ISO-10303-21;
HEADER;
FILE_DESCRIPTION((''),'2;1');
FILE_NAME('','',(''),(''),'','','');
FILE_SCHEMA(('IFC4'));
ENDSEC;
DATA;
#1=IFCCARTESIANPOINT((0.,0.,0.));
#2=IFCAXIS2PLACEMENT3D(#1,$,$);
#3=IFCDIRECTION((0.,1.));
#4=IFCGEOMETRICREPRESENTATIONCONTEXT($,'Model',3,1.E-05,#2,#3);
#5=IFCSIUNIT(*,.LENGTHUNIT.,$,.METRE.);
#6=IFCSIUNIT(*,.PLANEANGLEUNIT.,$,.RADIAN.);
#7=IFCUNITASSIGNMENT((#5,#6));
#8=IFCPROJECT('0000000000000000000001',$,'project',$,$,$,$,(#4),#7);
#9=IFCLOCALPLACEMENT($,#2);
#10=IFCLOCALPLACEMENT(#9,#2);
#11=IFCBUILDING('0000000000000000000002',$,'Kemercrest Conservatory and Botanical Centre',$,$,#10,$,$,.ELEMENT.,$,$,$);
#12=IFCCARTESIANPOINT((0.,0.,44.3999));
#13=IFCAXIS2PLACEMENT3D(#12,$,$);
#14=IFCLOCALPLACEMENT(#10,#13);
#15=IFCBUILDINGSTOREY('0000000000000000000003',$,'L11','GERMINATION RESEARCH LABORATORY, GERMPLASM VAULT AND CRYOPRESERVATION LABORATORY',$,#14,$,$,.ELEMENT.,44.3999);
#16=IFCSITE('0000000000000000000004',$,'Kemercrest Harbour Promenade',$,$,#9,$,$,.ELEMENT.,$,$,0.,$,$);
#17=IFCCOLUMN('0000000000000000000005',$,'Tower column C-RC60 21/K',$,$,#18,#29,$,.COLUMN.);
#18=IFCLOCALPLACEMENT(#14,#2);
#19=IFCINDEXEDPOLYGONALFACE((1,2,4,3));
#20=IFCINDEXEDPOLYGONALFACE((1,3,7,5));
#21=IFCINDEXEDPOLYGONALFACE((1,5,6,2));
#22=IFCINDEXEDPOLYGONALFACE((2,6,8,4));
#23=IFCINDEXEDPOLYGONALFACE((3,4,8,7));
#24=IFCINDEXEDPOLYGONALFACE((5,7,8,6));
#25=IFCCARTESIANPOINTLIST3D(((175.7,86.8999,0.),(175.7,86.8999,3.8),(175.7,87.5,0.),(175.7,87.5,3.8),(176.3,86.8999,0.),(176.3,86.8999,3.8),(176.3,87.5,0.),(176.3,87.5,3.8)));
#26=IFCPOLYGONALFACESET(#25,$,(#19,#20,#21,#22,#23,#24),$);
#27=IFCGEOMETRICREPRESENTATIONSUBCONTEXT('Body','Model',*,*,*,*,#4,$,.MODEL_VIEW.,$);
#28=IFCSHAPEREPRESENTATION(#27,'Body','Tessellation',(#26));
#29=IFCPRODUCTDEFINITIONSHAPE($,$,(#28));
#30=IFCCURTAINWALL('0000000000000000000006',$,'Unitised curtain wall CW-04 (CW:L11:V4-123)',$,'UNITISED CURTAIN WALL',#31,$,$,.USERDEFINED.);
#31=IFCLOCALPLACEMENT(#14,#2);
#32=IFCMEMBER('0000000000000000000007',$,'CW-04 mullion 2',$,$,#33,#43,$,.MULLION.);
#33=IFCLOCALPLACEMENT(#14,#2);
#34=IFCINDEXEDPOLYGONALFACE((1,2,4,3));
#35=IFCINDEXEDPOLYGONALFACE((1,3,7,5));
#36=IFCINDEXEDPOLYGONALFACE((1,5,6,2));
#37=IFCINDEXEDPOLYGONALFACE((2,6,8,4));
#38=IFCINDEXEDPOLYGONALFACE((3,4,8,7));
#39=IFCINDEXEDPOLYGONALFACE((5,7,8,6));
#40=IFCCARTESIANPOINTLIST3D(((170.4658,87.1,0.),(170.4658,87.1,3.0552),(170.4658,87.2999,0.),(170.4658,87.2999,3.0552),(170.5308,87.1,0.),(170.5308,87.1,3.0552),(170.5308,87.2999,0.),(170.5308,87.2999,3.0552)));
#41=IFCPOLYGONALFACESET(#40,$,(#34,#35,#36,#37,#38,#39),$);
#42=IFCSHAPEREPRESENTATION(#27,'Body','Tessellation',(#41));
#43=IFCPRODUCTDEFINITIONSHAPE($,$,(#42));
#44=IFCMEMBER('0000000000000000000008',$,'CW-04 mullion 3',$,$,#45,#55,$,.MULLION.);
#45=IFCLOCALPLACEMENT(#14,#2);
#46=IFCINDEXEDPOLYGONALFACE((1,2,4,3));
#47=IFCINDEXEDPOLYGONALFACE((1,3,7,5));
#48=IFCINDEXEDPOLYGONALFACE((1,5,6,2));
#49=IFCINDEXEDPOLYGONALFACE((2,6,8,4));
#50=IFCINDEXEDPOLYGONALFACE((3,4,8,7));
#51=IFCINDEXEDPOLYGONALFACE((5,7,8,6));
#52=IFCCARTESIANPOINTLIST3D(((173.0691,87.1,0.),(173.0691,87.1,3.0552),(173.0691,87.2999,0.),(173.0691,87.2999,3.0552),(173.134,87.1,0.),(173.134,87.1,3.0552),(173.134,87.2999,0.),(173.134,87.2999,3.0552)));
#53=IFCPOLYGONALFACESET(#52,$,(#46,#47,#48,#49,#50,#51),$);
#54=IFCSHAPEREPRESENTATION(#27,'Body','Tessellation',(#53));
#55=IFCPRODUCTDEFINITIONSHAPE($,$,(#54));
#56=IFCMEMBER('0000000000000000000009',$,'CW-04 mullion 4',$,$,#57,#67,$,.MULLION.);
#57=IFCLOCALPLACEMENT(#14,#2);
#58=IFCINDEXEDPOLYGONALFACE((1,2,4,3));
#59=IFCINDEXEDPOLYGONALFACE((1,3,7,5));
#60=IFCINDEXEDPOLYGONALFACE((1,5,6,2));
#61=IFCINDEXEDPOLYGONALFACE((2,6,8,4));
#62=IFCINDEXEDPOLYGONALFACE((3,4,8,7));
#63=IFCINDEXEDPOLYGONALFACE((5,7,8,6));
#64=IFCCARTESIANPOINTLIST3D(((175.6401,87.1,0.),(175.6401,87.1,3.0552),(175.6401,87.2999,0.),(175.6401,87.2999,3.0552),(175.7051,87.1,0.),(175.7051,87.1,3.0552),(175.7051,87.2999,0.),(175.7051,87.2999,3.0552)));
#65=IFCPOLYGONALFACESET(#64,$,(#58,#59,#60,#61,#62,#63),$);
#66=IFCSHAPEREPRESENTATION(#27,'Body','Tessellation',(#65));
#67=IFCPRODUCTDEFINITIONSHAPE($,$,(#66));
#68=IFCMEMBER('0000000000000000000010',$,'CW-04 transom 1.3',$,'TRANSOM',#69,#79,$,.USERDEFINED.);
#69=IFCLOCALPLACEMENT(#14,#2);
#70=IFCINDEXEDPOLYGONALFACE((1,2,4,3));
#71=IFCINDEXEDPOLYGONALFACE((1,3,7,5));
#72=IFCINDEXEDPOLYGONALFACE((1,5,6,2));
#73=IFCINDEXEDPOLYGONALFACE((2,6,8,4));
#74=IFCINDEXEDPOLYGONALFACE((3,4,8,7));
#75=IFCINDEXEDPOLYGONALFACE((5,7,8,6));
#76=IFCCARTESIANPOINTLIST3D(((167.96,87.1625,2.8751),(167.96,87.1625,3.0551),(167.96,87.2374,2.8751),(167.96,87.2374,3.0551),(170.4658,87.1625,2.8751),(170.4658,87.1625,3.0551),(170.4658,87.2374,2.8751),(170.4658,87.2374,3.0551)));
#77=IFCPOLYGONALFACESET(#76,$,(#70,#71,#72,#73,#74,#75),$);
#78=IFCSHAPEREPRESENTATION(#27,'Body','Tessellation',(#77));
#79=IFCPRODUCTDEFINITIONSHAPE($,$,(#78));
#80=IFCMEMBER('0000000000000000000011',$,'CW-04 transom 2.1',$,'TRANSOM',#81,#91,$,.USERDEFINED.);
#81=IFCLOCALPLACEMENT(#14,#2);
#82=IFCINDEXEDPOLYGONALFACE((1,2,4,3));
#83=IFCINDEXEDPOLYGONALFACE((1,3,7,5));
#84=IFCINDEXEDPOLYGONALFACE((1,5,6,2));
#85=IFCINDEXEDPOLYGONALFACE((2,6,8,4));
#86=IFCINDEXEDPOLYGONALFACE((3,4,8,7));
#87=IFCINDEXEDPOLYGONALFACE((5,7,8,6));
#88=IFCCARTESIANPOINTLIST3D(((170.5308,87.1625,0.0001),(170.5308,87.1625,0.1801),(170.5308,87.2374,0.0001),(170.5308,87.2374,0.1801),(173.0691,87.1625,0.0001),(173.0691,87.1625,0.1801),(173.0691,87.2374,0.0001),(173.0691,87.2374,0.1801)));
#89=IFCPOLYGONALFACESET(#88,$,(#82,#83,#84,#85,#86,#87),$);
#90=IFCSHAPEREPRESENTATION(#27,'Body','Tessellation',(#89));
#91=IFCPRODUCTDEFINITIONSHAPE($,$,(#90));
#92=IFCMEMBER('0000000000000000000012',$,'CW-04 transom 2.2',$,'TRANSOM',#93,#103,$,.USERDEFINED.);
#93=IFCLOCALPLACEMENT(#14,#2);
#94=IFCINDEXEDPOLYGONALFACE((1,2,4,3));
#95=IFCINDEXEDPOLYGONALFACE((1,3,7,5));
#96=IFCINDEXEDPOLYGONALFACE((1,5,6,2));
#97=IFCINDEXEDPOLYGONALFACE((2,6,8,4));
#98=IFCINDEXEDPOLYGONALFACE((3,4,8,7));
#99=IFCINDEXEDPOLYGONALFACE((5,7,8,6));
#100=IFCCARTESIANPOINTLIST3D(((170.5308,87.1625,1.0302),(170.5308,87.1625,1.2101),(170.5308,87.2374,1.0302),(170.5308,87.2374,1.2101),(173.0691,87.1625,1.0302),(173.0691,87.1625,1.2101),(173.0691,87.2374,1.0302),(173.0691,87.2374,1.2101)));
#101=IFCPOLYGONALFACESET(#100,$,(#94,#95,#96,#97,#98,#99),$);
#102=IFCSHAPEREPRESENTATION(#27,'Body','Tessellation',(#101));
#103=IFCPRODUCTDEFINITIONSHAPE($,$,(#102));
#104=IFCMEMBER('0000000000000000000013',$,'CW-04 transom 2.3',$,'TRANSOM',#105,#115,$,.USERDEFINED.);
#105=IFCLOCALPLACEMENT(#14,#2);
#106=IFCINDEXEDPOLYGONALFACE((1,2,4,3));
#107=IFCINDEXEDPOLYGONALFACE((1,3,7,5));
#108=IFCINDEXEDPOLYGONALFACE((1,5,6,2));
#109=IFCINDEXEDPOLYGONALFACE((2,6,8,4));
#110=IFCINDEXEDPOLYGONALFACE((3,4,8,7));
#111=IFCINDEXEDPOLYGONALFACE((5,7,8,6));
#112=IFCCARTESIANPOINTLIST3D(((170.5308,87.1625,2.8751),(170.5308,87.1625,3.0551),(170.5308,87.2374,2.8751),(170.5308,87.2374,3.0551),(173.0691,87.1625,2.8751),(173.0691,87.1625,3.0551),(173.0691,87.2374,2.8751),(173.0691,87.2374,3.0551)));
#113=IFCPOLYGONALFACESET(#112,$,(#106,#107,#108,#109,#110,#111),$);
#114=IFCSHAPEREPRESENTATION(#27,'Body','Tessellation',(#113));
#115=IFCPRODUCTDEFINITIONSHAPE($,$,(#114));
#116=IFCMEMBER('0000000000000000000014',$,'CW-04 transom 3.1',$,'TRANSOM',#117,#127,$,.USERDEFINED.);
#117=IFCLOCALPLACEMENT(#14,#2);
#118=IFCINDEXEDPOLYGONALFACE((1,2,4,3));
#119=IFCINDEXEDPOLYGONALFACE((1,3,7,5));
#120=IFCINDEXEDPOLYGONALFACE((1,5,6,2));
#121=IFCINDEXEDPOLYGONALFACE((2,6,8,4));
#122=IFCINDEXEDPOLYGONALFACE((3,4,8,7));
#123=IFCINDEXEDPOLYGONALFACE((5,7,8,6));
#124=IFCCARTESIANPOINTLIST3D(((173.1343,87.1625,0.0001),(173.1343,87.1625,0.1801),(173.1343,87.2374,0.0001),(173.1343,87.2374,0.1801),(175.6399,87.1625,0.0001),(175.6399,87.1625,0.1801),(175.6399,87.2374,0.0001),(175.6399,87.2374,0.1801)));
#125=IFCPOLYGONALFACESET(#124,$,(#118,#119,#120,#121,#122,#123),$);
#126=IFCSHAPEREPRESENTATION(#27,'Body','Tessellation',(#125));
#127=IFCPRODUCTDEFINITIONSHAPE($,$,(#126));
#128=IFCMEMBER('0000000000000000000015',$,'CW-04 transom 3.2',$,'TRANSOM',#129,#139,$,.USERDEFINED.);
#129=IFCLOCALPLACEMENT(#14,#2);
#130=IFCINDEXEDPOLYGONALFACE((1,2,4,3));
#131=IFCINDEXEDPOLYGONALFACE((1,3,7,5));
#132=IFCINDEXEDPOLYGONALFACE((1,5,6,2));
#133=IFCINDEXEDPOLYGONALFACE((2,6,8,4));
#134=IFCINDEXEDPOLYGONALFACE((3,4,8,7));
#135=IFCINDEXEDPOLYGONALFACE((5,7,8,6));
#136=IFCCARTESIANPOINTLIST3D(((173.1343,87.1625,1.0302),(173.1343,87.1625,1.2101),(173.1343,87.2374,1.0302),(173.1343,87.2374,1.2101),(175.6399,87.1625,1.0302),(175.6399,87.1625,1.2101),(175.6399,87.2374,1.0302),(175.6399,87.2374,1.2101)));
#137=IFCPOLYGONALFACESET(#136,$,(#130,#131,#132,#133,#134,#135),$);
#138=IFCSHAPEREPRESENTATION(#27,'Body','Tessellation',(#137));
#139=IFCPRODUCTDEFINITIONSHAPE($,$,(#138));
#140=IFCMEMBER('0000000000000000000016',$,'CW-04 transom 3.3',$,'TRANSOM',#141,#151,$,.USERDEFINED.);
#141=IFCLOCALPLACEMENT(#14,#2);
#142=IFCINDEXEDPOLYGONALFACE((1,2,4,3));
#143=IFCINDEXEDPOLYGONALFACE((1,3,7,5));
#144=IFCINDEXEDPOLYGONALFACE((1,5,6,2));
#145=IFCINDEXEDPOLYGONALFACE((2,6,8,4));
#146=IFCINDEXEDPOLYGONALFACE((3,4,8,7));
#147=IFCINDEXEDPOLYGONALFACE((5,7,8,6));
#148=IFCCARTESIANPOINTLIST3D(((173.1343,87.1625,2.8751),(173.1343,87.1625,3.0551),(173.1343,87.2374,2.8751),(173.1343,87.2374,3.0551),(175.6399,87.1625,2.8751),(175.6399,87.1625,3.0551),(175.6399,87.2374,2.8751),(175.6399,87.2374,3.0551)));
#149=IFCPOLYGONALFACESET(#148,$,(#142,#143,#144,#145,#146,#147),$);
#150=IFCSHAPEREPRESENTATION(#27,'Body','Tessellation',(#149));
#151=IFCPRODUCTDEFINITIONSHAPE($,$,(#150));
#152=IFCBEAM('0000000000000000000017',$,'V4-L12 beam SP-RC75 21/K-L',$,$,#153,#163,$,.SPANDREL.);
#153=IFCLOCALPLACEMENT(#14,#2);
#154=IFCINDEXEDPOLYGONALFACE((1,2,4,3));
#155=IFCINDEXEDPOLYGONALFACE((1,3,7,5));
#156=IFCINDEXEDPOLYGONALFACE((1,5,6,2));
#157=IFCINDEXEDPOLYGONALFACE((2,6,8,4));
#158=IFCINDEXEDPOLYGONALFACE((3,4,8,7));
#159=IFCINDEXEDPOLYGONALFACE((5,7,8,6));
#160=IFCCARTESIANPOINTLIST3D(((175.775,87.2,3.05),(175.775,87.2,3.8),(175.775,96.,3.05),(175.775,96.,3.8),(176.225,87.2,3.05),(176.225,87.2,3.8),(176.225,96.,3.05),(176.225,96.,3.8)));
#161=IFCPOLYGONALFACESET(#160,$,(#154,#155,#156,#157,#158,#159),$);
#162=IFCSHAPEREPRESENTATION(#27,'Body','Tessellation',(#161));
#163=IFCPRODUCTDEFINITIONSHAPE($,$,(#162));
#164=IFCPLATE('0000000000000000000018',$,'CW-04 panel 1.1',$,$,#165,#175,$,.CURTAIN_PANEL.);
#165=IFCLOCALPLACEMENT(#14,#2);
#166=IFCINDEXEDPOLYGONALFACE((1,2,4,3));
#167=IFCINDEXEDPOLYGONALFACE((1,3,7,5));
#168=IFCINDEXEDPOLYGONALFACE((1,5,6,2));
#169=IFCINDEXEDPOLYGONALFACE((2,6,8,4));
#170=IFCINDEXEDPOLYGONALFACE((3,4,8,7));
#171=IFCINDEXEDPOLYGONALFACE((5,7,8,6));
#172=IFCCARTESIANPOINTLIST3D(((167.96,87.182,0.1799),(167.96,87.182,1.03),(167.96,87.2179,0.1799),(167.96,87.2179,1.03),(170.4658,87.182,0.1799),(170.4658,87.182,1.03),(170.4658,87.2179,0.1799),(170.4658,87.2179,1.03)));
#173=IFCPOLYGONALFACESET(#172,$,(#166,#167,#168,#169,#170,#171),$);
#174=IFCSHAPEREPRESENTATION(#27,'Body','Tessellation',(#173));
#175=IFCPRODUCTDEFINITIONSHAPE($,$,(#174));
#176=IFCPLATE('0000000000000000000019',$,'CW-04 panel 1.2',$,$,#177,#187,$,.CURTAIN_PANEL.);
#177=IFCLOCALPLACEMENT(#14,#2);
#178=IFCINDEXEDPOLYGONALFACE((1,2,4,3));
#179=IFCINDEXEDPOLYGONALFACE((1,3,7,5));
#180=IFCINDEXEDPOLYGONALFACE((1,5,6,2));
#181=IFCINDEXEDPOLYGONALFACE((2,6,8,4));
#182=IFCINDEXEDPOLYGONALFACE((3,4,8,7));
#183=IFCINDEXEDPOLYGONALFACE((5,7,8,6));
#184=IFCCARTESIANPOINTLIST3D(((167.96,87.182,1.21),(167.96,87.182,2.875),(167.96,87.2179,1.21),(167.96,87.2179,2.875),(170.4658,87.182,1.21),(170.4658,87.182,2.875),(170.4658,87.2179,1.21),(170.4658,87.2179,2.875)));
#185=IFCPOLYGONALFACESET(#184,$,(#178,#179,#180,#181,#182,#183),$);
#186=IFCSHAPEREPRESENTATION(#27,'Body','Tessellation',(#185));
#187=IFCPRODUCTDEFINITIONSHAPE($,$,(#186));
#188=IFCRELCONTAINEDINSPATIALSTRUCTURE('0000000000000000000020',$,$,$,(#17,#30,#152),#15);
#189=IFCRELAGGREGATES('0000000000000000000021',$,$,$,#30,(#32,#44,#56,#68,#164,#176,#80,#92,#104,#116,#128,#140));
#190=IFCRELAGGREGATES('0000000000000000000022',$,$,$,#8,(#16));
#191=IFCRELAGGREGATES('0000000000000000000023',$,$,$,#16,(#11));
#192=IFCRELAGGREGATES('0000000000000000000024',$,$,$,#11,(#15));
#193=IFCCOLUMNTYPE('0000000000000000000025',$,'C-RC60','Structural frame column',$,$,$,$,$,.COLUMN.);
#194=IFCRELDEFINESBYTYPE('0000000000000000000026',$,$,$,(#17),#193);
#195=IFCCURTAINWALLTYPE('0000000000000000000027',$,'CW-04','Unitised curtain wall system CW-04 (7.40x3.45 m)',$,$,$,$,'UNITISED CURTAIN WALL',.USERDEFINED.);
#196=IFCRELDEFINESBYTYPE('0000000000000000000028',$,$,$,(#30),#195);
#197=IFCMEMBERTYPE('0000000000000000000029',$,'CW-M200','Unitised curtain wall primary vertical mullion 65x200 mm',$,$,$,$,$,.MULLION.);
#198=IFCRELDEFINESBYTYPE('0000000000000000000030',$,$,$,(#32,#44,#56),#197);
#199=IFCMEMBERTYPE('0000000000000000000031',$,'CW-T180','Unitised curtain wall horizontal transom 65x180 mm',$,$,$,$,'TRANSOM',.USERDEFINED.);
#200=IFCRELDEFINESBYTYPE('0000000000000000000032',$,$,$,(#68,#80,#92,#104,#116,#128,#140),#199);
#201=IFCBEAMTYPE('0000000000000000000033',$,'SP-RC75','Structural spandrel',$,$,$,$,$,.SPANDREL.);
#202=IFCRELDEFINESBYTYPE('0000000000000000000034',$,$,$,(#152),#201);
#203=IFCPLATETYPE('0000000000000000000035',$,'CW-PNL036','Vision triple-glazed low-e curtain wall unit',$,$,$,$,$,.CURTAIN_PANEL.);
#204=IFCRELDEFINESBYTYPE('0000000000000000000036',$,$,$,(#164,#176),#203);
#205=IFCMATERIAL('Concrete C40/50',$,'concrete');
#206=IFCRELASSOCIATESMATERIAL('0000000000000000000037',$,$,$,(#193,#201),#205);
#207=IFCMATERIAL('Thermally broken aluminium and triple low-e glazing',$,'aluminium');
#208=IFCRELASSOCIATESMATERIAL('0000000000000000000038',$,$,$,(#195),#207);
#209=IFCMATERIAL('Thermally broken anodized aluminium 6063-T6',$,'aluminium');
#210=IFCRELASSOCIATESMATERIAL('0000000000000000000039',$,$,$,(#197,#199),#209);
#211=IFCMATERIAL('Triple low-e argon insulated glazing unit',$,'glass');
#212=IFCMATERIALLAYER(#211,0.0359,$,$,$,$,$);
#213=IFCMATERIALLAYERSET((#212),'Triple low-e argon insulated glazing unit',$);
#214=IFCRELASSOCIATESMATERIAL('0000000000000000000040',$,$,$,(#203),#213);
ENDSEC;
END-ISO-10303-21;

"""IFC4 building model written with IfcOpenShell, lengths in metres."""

from ifc_helpers import new_model, si_unit, direction, frame, origin, origin_2d, place, context, subcontext, project, spatial, rectangle, extrude, material, layer, layer_set, material_profile, profile_set, type_object, element, aggregate, save


model = new_model("IFC4")

# Units and contexts
model_context = context("Model", 3, precision=1e-05, world=origin(), true_north=direction((0.0, 1.0)))
body_context = subcontext(model_context, "Body", "Model", "MODEL_VIEW")
ifc_project = project(units=[si_unit("LENGTHUNIT", "METRE"), si_unit("PLANEANGLEUNIT", "RADIAN")], contexts=[model_context])

# Site, building, storey
site_placement = place(None, origin())
site = spatial("IfcSite", under=ifc_project, at=site_placement, Name="Kemercrest Harbour Promenade", CompositionType="ELEMENT", RefElevation=0.0)
building_placement = place(site_placement, origin())
building = spatial("IfcBuilding", under=site, at=building_placement, Name="Kemercrest Conservatory and Botanical Centre", CompositionType="ELEMENT")
storey_placement = place(building_placement, frame((0.0, 0.0, 44.3999)))
storey = spatial("IfcBuildingStorey", under=building, at=storey_placement, Name="L11", Description="GERMINATION RESEARCH LABORATORY, GERMPLASM VAULT AND CRYOPRESERVATION LABORATORY", CompositionType="ELEMENT", Elevation=44.3999)

# Column
ifc_material_1 = material(Name="Concrete C40/50", Category="concrete")
ifc_material_profile_1 = material_profile(ifc_material_1, rectangle(XDim=0.6001, YDim=0.6001, at=origin_2d()), Name="RC 600x600")
ifc_profile_set_1 = profile_set([ifc_material_profile_1], Name="Concrete C40/50")
column_type = type_object("IfcColumnType", Name="C-RC60", Description="Structural frame column", PredefinedType="COLUMN", material=ifc_profile_set_1)
column_placement = place(storey_placement, frame((176.0, 87.2, 0.0), z_axis=(0.0, 0.0, 1.0), x_axis=(1.0, 0.0, 0.0)))
element("IfcColumn", 1, at=column_placement, inside=storey, type_object=column_type, Name="Tower column C-RC60 21/K", PredefinedType="COLUMN", context=body_context, shape_type="SweptSolid", body=[
    extrude(rectangle(XDim=0.6001, YDim=0.6001, at=origin_2d()), origin(), (0.0, 0.0, 1.0), 3.8),
])

# Curtain wall, members
ifc_material_2 = material(Name="Thermally broken aluminium and triple low-e glazing", Category="aluminium")
curtain_wall_type = type_object("IfcCurtainWallType", Name="CW-04", Description="Unitised curtain wall system CW-04 (7.40x3.45 m)", ElementType="UNITISED CURTAIN WALL", PredefinedType="USERDEFINED", material=ifc_material_2)
curtain_wall_placement = place(storey_placement, origin())
curtain_wall = element("IfcCurtainWall", 2, at=curtain_wall_placement, inside=storey, type_object=curtain_wall_type, Name="Unitised curtain wall CW-04 (CW:L11:V4-123)", ObjectType="UNITISED CURTAIN WALL", PredefinedType="USERDEFINED")
ifc_material_3 = material(Name="Thermally broken anodized aluminium 6063-T6", Category="aluminium")
ifc_material_profile_2 = material_profile(ifc_material_3, rectangle(XDim=0.2, YDim=0.0649, at=origin_2d()), Name="AL MULLION 65x200")
ifc_profile_set_2 = profile_set([ifc_material_profile_2], Name="Thermally broken anodized aluminium 6063-T6")
member_type_1 = type_object("IfcMemberType", Name="CW-M200", Description="Unitised curtain wall primary vertical mullion 65x200 mm", PredefinedType="MULLION", material=ifc_profile_set_2)
member_1_placement = place(storey_placement, frame((170.4983, 87.2, 0.0), z_axis=(0.0, 0.0, 1.0), x_axis=(0.0, 1.0, 0.0)))
member_1 = element("IfcMember", 3, at=member_1_placement, type_object=member_type_1, Name="CW-04 mullion 2", PredefinedType="MULLION", context=body_context, shape_type="SweptSolid", body=[
    extrude(rectangle(XDim=0.2, YDim=0.0649, at=origin_2d()), origin(), (0.0, 0.0, 1.0), 3.0552),
])
member_2_placement = place(storey_placement, frame((173.1016, 87.2, 0.0), z_axis=(0.0, 0.0, 1.0), x_axis=(0.0, 1.0, 0.0)))
member_2 = element("IfcMember", 4, at=member_2_placement, type_object=member_type_1, Name="CW-04 mullion 3", PredefinedType="MULLION", context=body_context, shape_type="SweptSolid", body=[
    extrude(rectangle(XDim=0.2, YDim=0.0649, at=origin_2d()), origin(), (0.0, 0.0, 1.0), 3.0552),
])
member_3_placement = place(storey_placement, frame((175.6726, 87.2, 0.0), z_axis=(0.0, 0.0, 1.0), x_axis=(0.0, 1.0, 0.0)))
member_3 = element("IfcMember", 5, at=member_3_placement, type_object=member_type_1, Name="CW-04 mullion 4", PredefinedType="MULLION", context=body_context, shape_type="SweptSolid", body=[
    extrude(rectangle(XDim=0.2, YDim=0.0649, at=origin_2d()), origin(), (0.0, 0.0, 1.0), 3.0552),
])
ifc_material_profile_3 = material_profile(ifc_material_3, rectangle(XDim=0.075, YDim=0.1799, at=origin_2d()), Name="AL TRANSOM 75x180")
ifc_profile_set_3 = profile_set([ifc_material_profile_3], Name="Thermally broken anodized aluminium 6063-T6")
member_type_2 = type_object("IfcMemberType", Name="CW-T180", Description="Unitised curtain wall horizontal transom 65x180 mm", ElementType="TRANSOM", PredefinedType="USERDEFINED", material=ifc_profile_set_3)
member_4_placement = place(storey_placement, frame((167.96, 87.2, 2.9651), z_axis=(1.0, 0.0, 0.0), x_axis=(0.0, 1.0, 0.0)))
member_4 = element("IfcMember", 6, at=member_4_placement, type_object=member_type_2, Name="CW-04 transom 1.3", ObjectType="TRANSOM", PredefinedType="USERDEFINED", context=body_context, shape_type="SweptSolid", body=[
    extrude(rectangle(XDim=0.075, YDim=0.1799, at=origin_2d()), origin(), (0.0, 0.0, 1.0), 2.5059),
])
member_5_placement = place(storey_placement, frame((170.5308, 87.2, 0.0901), z_axis=(1.0, 0.0, 0.0), x_axis=(0.0, 1.0, 0.0)))
member_5 = element("IfcMember", 7, at=member_5_placement, type_object=member_type_2, Name="CW-04 transom 2.1", ObjectType="TRANSOM", PredefinedType="USERDEFINED", context=body_context, shape_type="SweptSolid", body=[
    extrude(rectangle(XDim=0.075, YDim=0.1799, at=origin_2d()), origin(), (0.0, 0.0, 1.0), 2.5383),
])
member_6_placement = place(storey_placement, frame((170.5308, 87.2, 1.1201), z_axis=(1.0, 0.0, 0.0), x_axis=(0.0, 1.0, 0.0)))
member_6 = element("IfcMember", 8, at=member_6_placement, type_object=member_type_2, Name="CW-04 transom 2.2", ObjectType="TRANSOM", PredefinedType="USERDEFINED", context=body_context, shape_type="SweptSolid", body=[
    extrude(rectangle(XDim=0.075, YDim=0.1799, at=origin_2d()), origin(), (0.0, 0.0, 1.0), 2.5383),
])
member_7_placement = place(storey_placement, frame((170.5308, 87.2, 2.9651), z_axis=(1.0, 0.0, 0.0), x_axis=(0.0, 1.0, 0.0)))
member_7 = element("IfcMember", 9, at=member_7_placement, type_object=member_type_2, Name="CW-04 transom 2.3", ObjectType="TRANSOM", PredefinedType="USERDEFINED", context=body_context, shape_type="SweptSolid", body=[
    extrude(rectangle(XDim=0.075, YDim=0.1799, at=origin_2d()), origin(), (0.0, 0.0, 1.0), 2.5383),
])
member_8_placement = place(storey_placement, frame((173.1343, 87.2, 0.0901), z_axis=(1.0, 0.0, 0.0), x_axis=(0.0, 1.0, 0.0)))
member_8 = element("IfcMember", 10, at=member_8_placement, type_object=member_type_2, Name="CW-04 transom 3.1", ObjectType="TRANSOM", PredefinedType="USERDEFINED", context=body_context, shape_type="SweptSolid", body=[
    extrude(rectangle(XDim=0.075, YDim=0.1799, at=origin_2d()), origin(), (0.0, 0.0, 1.0), 2.5056),
])
member_9_placement = place(storey_placement, frame((173.1343, 87.2, 1.1201), z_axis=(1.0, 0.0, 0.0), x_axis=(0.0, 1.0, 0.0)))
member_9 = element("IfcMember", 11, at=member_9_placement, type_object=member_type_2, Name="CW-04 transom 3.2", ObjectType="TRANSOM", PredefinedType="USERDEFINED", context=body_context, shape_type="SweptSolid", body=[
    extrude(rectangle(XDim=0.075, YDim=0.1799, at=origin_2d()), origin(), (0.0, 0.0, 1.0), 2.5056),
])
member_10_placement = place(storey_placement, frame((173.1343, 87.2, 2.9651), z_axis=(1.0, 0.0, 0.0), x_axis=(0.0, 1.0, 0.0)))
member_10 = element("IfcMember", 12, at=member_10_placement, type_object=member_type_2, Name="CW-04 transom 3.3", ObjectType="TRANSOM", PredefinedType="USERDEFINED", context=body_context, shape_type="SweptSolid", body=[
    extrude(rectangle(XDim=0.075, YDim=0.1799, at=origin_2d()), origin(), (0.0, 0.0, 1.0), 2.5056),
])

# Beam
ifc_material_profile_4 = material_profile(ifc_material_1, rectangle(XDim=0.45, YDim=0.75, at=origin_2d()), Name="RC 450x750")
ifc_profile_set_4 = profile_set([ifc_material_profile_4], Name="Concrete C40/50")
beam_type = type_object("IfcBeamType", Name="SP-RC75", Description="Structural spandrel", PredefinedType="SPANDREL", material=ifc_profile_set_4)
beam_placement = place(storey_placement, frame((176.0, 87.2, 3.425), z_axis=(0.0, 1.0, 0.0), x_axis=(-1.0, 0.0, 0.0)))
element("IfcBeam", 13, at=beam_placement, inside=storey, type_object=beam_type, Name="V4-L12 beam SP-RC75 21/K-L", PredefinedType="SPANDREL", context=body_context, shape_type="SweptSolid", body=[
    extrude(rectangle(XDim=0.45, YDim=0.75, at=origin_2d()), origin(), (0.0, 0.0, 1.0), 8.8),
])

# Plates
ifc_material_4 = material(Name="Triple low-e argon insulated glazing unit", Category="glass")
ifc_layer_1 = layer(ifc_material_4, 0.0359)
ifc_layer_set_1 = layer_set([ifc_layer_1], Name="Triple low-e argon insulated glazing unit")
plate_type = type_object("IfcPlateType", Name="CW-PNL036", Description="Vision triple-glazed low-e curtain wall unit", PredefinedType="CURTAIN_PANEL", material=ifc_layer_set_1)
plate_1_placement = place(storey_placement, frame((169.2129, 87.2, 0.1799), z_axis=(0.0, 0.0, 1.0), x_axis=(1.0, 0.0, 0.0)))
plate_1 = element("IfcPlate", 14, at=plate_1_placement, type_object=plate_type, Name="CW-04 panel 1.1", PredefinedType="CURTAIN_PANEL", context=body_context, shape_type="SweptSolid", body=[
    extrude(rectangle(XDim=2.5059, YDim=0.0359, at=origin_2d()), origin(), (0.0, 0.0, 1.0), 0.8501),
])
plate_2_placement = place(storey_placement, frame((169.2129, 87.2, 1.21), z_axis=(0.0, 0.0, 1.0), x_axis=(1.0, 0.0, 0.0)))
plate_2 = element("IfcPlate", 15, at=plate_2_placement, type_object=plate_type, Name="CW-04 panel 1.2", PredefinedType="CURTAIN_PANEL", context=body_context, shape_type="SweptSolid", body=[
    extrude(rectangle(XDim=2.5059, YDim=0.0359, at=origin_2d()), origin(), (0.0, 0.0, 1.0), 1.665),
])
aggregate(curtain_wall, [member_1, member_2, member_3, member_4, plate_1, plate_2, member_5, member_6, member_7, member_8, member_9, member_10])

save(model, "model.ifc")
